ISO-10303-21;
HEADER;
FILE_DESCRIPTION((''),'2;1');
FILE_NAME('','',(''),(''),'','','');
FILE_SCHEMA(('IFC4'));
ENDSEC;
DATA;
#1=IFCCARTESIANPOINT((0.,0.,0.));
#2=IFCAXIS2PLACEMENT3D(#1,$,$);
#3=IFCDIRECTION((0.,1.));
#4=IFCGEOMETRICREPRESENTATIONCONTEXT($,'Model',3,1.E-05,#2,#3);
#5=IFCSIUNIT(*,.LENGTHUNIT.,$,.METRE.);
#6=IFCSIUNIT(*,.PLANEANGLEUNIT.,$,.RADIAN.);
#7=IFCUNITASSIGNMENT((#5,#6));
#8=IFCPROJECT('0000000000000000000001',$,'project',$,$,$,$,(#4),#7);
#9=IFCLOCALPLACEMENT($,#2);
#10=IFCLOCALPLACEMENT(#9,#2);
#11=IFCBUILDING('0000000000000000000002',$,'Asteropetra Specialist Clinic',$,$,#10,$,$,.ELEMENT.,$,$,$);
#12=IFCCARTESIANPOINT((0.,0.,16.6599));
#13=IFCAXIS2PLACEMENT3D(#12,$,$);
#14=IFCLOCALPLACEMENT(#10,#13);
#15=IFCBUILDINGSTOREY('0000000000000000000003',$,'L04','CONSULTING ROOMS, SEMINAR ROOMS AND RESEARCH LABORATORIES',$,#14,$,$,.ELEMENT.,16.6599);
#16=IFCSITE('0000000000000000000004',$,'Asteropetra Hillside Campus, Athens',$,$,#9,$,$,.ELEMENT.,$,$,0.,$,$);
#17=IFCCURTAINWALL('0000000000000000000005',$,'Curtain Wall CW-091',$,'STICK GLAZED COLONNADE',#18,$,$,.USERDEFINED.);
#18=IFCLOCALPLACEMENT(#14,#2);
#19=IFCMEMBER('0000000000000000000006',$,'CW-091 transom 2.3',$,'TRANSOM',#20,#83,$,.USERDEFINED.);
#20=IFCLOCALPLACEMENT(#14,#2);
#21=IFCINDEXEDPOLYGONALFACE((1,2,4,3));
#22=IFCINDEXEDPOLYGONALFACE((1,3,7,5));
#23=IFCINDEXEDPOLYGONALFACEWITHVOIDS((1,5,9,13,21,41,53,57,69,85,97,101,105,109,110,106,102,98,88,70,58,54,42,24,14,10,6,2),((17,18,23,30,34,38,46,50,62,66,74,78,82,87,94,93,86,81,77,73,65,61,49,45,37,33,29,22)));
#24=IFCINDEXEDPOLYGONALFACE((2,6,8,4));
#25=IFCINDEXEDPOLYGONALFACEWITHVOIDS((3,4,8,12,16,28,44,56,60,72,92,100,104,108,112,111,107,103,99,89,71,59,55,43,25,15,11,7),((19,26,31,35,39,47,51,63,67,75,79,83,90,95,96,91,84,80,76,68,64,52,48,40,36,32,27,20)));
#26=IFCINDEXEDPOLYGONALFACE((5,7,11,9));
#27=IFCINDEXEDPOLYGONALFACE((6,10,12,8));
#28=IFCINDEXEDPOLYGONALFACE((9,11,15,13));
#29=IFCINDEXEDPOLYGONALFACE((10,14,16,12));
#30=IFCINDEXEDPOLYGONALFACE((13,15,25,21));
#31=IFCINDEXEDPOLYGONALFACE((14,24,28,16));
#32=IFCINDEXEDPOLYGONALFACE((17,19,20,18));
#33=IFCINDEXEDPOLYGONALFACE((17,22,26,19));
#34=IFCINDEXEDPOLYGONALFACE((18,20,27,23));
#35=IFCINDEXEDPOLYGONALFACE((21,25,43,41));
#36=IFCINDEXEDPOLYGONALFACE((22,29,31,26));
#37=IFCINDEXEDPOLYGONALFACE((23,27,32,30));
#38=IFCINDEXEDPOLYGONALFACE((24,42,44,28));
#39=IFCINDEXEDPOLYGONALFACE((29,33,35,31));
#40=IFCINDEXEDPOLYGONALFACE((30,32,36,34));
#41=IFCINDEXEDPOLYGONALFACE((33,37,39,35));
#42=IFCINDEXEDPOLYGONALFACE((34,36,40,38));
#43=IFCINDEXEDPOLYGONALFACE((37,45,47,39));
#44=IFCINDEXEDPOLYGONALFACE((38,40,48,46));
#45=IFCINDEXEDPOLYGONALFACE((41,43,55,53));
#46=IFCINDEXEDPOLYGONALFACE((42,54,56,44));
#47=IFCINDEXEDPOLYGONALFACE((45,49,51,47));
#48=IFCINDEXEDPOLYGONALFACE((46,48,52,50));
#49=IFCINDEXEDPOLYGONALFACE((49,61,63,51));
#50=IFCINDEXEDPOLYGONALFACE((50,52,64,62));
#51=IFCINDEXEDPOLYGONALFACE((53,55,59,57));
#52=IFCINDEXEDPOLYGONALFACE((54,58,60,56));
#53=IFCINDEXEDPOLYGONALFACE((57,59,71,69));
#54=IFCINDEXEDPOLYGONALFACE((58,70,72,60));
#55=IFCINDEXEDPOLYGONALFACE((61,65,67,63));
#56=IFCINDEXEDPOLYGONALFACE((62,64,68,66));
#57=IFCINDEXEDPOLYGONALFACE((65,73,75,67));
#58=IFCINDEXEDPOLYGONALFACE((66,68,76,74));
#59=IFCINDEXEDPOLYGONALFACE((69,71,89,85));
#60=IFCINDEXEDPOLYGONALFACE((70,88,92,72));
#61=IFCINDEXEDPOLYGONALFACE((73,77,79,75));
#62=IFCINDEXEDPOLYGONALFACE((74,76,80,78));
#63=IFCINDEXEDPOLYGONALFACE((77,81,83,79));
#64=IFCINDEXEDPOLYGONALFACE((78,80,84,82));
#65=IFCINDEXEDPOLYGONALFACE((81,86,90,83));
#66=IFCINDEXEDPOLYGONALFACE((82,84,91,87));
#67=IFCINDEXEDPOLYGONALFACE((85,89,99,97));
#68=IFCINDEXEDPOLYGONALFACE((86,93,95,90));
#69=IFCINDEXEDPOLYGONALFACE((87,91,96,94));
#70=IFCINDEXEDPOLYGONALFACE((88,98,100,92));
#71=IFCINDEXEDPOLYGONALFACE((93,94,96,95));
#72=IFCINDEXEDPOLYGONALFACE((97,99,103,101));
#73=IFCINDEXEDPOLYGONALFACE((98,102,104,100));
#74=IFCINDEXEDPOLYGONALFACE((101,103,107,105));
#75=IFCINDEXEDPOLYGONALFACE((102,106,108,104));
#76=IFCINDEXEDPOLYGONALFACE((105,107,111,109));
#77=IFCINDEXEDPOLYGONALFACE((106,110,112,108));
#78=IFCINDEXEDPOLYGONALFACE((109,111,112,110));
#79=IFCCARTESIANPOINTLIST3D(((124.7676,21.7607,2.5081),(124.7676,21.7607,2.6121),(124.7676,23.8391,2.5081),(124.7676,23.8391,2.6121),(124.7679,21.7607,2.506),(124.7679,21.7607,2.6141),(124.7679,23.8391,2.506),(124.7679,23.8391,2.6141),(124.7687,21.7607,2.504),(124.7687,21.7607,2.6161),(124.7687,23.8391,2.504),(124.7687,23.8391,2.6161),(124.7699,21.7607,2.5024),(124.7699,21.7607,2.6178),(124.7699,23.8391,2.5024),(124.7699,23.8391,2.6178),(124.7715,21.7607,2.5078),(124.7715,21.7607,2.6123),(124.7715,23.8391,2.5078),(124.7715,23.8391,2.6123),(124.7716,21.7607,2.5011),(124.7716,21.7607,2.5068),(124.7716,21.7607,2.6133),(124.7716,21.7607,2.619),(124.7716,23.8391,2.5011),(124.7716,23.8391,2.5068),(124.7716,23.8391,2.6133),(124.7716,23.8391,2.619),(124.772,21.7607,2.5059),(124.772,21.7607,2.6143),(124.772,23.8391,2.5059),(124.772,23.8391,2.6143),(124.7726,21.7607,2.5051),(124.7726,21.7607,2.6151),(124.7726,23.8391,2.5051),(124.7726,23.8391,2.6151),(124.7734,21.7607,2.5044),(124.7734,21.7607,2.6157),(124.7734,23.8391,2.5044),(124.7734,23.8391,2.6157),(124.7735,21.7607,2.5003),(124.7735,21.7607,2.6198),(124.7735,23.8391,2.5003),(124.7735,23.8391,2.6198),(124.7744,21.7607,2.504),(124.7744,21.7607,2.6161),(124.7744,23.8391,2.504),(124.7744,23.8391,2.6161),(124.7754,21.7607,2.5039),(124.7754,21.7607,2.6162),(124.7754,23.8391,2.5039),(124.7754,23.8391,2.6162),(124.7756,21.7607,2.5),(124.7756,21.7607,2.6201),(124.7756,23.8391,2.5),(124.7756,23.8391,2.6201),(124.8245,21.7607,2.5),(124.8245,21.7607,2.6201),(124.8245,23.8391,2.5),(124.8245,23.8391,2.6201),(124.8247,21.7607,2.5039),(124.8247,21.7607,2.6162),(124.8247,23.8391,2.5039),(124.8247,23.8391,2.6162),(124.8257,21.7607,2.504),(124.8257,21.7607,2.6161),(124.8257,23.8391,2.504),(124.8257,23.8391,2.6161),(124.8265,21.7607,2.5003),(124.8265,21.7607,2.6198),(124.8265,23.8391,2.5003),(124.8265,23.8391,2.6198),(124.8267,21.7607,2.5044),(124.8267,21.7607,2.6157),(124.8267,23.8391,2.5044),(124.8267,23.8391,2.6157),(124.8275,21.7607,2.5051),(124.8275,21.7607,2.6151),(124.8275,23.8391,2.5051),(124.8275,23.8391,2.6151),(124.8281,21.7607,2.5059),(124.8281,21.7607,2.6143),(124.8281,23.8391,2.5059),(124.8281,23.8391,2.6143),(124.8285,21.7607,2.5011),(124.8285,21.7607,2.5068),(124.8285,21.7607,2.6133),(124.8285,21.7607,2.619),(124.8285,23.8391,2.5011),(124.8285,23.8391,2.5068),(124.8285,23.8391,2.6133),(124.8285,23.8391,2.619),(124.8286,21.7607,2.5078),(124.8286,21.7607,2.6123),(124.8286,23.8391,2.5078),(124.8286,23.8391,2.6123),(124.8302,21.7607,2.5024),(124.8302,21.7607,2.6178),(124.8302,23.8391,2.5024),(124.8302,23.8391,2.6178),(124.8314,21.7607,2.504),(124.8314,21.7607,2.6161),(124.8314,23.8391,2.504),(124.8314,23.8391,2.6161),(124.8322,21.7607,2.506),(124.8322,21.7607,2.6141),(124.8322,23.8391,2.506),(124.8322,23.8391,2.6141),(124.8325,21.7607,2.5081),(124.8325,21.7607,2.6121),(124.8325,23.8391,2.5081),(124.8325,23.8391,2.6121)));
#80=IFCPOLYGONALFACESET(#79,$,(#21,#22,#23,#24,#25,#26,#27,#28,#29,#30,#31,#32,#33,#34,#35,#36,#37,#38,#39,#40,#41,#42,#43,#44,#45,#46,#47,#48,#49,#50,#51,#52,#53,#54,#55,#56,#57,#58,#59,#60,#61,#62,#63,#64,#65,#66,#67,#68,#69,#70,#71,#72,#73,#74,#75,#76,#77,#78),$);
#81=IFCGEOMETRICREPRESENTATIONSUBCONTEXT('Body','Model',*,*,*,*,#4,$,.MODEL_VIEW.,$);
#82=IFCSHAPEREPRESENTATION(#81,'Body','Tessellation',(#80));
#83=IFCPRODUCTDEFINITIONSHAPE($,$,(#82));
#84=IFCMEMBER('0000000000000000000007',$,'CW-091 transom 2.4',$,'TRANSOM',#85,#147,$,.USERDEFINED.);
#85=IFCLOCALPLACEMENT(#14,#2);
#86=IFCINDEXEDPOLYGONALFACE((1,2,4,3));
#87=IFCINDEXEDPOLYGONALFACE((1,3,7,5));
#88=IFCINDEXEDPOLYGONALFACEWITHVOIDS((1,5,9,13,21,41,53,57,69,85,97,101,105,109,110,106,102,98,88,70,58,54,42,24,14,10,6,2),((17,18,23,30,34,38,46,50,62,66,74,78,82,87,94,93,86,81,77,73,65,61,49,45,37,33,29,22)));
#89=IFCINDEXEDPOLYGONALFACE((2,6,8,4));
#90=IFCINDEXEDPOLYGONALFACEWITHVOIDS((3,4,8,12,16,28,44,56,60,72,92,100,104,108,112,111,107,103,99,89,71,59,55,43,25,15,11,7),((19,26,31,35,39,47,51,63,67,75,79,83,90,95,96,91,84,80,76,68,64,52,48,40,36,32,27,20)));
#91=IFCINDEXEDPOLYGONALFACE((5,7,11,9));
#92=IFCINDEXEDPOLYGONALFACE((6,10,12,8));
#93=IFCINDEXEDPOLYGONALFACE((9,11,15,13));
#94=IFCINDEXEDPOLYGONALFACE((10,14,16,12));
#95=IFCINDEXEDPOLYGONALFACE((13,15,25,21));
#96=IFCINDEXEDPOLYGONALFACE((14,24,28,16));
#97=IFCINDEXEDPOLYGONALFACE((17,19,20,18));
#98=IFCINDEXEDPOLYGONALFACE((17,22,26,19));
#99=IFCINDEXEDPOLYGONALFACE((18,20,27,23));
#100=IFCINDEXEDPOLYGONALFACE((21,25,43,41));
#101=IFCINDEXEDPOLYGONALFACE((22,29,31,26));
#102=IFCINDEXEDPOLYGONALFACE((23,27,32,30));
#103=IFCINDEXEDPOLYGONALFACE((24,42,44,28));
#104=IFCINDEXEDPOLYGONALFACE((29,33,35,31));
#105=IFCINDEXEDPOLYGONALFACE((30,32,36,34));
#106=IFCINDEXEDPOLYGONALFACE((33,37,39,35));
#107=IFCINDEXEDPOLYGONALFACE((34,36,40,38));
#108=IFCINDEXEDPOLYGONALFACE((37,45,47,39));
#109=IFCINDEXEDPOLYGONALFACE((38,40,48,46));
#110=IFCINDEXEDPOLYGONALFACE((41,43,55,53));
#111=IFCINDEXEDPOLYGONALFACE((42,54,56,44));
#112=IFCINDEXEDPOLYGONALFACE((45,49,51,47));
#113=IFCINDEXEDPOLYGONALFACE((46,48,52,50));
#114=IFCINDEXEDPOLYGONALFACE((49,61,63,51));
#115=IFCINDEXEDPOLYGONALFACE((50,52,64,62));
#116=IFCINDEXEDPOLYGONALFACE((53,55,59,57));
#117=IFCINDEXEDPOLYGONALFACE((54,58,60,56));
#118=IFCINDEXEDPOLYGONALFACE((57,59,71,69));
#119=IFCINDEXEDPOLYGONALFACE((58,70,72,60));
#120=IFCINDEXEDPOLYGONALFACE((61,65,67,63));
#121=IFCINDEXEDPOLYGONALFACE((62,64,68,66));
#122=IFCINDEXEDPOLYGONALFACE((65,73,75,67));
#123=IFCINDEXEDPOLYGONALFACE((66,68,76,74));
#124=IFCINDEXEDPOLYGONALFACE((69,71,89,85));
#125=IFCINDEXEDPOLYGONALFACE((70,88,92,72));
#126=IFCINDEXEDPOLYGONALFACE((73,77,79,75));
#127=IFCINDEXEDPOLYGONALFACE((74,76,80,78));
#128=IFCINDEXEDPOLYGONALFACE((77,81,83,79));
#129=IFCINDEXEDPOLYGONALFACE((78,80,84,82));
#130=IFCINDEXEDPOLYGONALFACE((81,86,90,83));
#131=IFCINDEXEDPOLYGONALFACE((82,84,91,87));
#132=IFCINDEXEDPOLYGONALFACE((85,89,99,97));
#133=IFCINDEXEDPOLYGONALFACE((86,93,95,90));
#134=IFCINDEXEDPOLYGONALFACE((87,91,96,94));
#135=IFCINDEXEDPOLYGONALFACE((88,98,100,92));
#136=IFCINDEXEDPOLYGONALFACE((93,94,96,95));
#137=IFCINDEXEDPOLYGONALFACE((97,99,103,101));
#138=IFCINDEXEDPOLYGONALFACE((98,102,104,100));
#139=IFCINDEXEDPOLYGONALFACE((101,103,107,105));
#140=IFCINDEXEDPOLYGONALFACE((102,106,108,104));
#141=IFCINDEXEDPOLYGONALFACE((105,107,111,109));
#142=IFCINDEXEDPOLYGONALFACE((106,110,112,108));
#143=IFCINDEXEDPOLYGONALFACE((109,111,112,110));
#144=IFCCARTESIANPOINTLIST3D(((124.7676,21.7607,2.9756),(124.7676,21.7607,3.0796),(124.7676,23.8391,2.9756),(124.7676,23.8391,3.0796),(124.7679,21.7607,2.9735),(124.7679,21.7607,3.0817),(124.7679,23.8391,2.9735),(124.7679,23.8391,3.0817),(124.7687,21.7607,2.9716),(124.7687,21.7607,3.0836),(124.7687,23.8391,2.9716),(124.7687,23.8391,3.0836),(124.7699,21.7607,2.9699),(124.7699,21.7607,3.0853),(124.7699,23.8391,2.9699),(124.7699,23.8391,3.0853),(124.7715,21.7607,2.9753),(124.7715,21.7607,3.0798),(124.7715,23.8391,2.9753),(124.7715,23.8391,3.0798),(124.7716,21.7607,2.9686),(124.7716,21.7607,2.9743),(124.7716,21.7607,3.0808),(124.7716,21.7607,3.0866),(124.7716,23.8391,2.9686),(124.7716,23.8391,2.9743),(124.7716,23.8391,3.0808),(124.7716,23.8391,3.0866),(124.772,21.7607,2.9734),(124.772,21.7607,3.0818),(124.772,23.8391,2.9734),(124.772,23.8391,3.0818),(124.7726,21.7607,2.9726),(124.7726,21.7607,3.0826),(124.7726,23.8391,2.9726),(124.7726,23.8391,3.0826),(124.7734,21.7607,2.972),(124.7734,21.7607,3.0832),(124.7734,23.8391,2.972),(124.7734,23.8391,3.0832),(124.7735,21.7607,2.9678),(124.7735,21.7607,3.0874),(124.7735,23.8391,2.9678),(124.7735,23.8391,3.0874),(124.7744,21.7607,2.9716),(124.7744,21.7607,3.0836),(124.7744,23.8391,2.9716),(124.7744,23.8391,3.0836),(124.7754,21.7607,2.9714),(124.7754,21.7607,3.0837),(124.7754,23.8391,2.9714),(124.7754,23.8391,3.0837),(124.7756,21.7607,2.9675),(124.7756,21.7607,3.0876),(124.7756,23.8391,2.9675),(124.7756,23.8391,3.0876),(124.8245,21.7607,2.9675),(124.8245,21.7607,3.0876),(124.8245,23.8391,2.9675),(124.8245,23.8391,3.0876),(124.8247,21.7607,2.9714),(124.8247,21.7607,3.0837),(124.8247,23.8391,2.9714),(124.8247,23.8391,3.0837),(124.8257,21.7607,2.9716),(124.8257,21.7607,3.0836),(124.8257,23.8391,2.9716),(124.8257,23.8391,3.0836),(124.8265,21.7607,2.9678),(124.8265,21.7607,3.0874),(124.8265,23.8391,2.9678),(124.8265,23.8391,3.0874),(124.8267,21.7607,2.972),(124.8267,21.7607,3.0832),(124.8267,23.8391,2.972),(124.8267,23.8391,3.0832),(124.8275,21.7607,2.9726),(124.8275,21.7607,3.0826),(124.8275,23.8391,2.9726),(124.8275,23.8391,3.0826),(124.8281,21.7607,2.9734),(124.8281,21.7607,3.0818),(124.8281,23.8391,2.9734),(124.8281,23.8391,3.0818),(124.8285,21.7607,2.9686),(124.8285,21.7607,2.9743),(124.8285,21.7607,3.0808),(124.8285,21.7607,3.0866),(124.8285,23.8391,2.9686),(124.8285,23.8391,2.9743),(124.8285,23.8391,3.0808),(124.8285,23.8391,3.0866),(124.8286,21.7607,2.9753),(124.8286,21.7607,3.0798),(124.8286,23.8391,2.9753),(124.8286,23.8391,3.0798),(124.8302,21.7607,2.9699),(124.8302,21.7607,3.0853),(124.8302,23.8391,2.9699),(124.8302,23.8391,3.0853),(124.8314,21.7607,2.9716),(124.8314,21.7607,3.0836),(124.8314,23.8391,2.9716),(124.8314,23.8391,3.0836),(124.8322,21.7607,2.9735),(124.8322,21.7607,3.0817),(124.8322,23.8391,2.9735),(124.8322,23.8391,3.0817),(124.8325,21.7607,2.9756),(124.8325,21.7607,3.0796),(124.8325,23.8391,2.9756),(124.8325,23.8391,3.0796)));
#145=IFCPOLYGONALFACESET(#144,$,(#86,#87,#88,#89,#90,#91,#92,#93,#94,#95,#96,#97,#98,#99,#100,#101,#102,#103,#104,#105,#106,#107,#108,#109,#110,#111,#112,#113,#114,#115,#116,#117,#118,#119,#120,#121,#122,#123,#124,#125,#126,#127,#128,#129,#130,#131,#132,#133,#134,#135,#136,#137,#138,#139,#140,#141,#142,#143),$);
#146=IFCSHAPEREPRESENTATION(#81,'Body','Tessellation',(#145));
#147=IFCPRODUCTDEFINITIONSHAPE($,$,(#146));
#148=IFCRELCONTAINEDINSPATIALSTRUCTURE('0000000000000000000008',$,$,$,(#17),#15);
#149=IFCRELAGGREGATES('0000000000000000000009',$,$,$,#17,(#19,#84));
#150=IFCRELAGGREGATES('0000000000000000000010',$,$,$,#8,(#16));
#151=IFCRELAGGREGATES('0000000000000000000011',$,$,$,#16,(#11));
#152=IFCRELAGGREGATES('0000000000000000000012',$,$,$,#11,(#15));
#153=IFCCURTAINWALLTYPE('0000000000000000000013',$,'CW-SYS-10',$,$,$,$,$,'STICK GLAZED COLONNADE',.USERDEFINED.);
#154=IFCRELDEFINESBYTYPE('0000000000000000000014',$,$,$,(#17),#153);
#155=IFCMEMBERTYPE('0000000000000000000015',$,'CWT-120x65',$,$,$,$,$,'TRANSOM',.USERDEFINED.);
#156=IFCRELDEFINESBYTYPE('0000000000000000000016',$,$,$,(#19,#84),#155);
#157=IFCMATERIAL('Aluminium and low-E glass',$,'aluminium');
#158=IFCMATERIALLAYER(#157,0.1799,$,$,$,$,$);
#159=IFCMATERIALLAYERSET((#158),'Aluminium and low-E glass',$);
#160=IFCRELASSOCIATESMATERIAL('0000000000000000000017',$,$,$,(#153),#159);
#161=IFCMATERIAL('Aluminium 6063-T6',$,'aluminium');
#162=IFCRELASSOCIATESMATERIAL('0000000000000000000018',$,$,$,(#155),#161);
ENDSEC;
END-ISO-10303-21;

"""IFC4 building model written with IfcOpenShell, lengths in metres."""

from ifc_helpers import new_model, si_unit, direction, frame, origin, origin_2d, place, context, subcontext, project, spatial, hollow_rectangle, extrude, material, layer, layer_set, material_profile, profile_set, type_object, element, aggregate, save


model = new_model("IFC4")

# Units and contexts
model_context = context("Model", 3, precision=1e-05, world=origin(), true_north=direction((0.0, 1.0)))
body_context = subcontext(model_context, "Body", "Model", "MODEL_VIEW")
ifc_project = project(units=[si_unit("LENGTHUNIT", "METRE"), si_unit("PLANEANGLEUNIT", "RADIAN")], contexts=[model_context])

# Site, building, storey
site_placement = place(None, origin())
site = spatial("IfcSite", under=ifc_project, at=site_placement, Name="Asteropetra Hillside Campus, Athens", CompositionType="ELEMENT", RefElevation=0.0)
building_placement = place(site_placement, origin())
building = spatial("IfcBuilding", under=site, at=building_placement, Name="Asteropetra Specialist Clinic", CompositionType="ELEMENT")
storey_placement = place(building_placement, frame((0.0, 0.0, 16.6599)))
storey = spatial("IfcBuildingStorey", under=building, at=storey_placement, Name="L04", Description="CONSULTING ROOMS, SEMINAR ROOMS AND RESEARCH LABORATORIES", CompositionType="ELEMENT", Elevation=16.6599)

# Curtain wall
ifc_material_1 = material(Name="Aluminium and low-E glass", Category="aluminium")
ifc_layer_1 = layer(ifc_material_1, 0.1799)
ifc_layer_set_1 = layer_set([ifc_layer_1], Name="Aluminium and low-E glass")
curtain_wall_type_1 = type_object("IfcCurtainWallType", Name="CW-SYS-10", ElementType="STICK GLAZED COLONNADE", PredefinedType="USERDEFINED", material=ifc_layer_set_1)
curtain_wall_1_placement = place(storey_placement, origin())
curtain_wall_1 = element("IfcCurtainWall", 1, at=curtain_wall_1_placement, inside=storey, type_object=curtain_wall_type_1, Name="Curtain Wall CW-091", ObjectType="STICK GLAZED COLONNADE", PredefinedType="USERDEFINED")

# Members
ifc_material_2 = material(Name="Aluminium 6063-T6", Category="aluminium")
ifc_material_profile_1 = material_profile(ifc_material_2, hollow_rectangle(XDim=0.0649, YDim=0.1201, WallThickness=0.0039, InnerFilletRadius=0.0039, OuterFilletRadius=0.0081, at=origin_2d()), Name="TRN 120x65x4.0")
ifc_profile_set_1 = profile_set([ifc_material_profile_1], Name="Aluminium 6063-T6")
member_type_1 = type_object("IfcMemberType", Name="CWT-120x65", ElementType="TRANSOM", PredefinedType="USERDEFINED", material=ifc_profile_set_1)
member_1_placement = place(storey_placement, frame((124.8, 23.8391, 2.5601), z_axis=(0.0, -1.0, 0.0), x_axis=(1.0, 0.0, 0.0)))
member_1 = element("IfcMember", 2, at=member_1_placement, type_object=member_type_1, Name="CW-091 transom 2.3", ObjectType="TRANSOM", PredefinedType="USERDEFINED", context=body_context, shape_type="SweptSolid", body=[
    extrude(hollow_rectangle(XDim=0.0649, YDim=0.1201, WallThickness=0.0039, InnerFilletRadius=0.0039, OuterFilletRadius=0.0081, at=origin_2d()), origin(), (0.0, 0.0, 1.0), 2.0784),
])
member_2_placement = place(storey_placement, frame((124.8, 23.8391, 3.0276), z_axis=(0.0, -1.0, 0.0), x_axis=(1.0, 0.0, 0.0)))
member_2 = element("IfcMember", 3, at=member_2_placement, type_object=member_type_1, Name="CW-091 transom 2.4", ObjectType="TRANSOM", PredefinedType="USERDEFINED", context=body_context, shape_type="SweptSolid", body=[
    extrude(hollow_rectangle(XDim=0.0649, YDim=0.1201, WallThickness=0.0039, InnerFilletRadius=0.0039, OuterFilletRadius=0.0081, at=origin_2d()), origin(), (0.0, 0.0, 1.0), 2.0784),
])

aggregate(curtain_wall_1, [member_1, member_2])

save(model, "model.ifc")
